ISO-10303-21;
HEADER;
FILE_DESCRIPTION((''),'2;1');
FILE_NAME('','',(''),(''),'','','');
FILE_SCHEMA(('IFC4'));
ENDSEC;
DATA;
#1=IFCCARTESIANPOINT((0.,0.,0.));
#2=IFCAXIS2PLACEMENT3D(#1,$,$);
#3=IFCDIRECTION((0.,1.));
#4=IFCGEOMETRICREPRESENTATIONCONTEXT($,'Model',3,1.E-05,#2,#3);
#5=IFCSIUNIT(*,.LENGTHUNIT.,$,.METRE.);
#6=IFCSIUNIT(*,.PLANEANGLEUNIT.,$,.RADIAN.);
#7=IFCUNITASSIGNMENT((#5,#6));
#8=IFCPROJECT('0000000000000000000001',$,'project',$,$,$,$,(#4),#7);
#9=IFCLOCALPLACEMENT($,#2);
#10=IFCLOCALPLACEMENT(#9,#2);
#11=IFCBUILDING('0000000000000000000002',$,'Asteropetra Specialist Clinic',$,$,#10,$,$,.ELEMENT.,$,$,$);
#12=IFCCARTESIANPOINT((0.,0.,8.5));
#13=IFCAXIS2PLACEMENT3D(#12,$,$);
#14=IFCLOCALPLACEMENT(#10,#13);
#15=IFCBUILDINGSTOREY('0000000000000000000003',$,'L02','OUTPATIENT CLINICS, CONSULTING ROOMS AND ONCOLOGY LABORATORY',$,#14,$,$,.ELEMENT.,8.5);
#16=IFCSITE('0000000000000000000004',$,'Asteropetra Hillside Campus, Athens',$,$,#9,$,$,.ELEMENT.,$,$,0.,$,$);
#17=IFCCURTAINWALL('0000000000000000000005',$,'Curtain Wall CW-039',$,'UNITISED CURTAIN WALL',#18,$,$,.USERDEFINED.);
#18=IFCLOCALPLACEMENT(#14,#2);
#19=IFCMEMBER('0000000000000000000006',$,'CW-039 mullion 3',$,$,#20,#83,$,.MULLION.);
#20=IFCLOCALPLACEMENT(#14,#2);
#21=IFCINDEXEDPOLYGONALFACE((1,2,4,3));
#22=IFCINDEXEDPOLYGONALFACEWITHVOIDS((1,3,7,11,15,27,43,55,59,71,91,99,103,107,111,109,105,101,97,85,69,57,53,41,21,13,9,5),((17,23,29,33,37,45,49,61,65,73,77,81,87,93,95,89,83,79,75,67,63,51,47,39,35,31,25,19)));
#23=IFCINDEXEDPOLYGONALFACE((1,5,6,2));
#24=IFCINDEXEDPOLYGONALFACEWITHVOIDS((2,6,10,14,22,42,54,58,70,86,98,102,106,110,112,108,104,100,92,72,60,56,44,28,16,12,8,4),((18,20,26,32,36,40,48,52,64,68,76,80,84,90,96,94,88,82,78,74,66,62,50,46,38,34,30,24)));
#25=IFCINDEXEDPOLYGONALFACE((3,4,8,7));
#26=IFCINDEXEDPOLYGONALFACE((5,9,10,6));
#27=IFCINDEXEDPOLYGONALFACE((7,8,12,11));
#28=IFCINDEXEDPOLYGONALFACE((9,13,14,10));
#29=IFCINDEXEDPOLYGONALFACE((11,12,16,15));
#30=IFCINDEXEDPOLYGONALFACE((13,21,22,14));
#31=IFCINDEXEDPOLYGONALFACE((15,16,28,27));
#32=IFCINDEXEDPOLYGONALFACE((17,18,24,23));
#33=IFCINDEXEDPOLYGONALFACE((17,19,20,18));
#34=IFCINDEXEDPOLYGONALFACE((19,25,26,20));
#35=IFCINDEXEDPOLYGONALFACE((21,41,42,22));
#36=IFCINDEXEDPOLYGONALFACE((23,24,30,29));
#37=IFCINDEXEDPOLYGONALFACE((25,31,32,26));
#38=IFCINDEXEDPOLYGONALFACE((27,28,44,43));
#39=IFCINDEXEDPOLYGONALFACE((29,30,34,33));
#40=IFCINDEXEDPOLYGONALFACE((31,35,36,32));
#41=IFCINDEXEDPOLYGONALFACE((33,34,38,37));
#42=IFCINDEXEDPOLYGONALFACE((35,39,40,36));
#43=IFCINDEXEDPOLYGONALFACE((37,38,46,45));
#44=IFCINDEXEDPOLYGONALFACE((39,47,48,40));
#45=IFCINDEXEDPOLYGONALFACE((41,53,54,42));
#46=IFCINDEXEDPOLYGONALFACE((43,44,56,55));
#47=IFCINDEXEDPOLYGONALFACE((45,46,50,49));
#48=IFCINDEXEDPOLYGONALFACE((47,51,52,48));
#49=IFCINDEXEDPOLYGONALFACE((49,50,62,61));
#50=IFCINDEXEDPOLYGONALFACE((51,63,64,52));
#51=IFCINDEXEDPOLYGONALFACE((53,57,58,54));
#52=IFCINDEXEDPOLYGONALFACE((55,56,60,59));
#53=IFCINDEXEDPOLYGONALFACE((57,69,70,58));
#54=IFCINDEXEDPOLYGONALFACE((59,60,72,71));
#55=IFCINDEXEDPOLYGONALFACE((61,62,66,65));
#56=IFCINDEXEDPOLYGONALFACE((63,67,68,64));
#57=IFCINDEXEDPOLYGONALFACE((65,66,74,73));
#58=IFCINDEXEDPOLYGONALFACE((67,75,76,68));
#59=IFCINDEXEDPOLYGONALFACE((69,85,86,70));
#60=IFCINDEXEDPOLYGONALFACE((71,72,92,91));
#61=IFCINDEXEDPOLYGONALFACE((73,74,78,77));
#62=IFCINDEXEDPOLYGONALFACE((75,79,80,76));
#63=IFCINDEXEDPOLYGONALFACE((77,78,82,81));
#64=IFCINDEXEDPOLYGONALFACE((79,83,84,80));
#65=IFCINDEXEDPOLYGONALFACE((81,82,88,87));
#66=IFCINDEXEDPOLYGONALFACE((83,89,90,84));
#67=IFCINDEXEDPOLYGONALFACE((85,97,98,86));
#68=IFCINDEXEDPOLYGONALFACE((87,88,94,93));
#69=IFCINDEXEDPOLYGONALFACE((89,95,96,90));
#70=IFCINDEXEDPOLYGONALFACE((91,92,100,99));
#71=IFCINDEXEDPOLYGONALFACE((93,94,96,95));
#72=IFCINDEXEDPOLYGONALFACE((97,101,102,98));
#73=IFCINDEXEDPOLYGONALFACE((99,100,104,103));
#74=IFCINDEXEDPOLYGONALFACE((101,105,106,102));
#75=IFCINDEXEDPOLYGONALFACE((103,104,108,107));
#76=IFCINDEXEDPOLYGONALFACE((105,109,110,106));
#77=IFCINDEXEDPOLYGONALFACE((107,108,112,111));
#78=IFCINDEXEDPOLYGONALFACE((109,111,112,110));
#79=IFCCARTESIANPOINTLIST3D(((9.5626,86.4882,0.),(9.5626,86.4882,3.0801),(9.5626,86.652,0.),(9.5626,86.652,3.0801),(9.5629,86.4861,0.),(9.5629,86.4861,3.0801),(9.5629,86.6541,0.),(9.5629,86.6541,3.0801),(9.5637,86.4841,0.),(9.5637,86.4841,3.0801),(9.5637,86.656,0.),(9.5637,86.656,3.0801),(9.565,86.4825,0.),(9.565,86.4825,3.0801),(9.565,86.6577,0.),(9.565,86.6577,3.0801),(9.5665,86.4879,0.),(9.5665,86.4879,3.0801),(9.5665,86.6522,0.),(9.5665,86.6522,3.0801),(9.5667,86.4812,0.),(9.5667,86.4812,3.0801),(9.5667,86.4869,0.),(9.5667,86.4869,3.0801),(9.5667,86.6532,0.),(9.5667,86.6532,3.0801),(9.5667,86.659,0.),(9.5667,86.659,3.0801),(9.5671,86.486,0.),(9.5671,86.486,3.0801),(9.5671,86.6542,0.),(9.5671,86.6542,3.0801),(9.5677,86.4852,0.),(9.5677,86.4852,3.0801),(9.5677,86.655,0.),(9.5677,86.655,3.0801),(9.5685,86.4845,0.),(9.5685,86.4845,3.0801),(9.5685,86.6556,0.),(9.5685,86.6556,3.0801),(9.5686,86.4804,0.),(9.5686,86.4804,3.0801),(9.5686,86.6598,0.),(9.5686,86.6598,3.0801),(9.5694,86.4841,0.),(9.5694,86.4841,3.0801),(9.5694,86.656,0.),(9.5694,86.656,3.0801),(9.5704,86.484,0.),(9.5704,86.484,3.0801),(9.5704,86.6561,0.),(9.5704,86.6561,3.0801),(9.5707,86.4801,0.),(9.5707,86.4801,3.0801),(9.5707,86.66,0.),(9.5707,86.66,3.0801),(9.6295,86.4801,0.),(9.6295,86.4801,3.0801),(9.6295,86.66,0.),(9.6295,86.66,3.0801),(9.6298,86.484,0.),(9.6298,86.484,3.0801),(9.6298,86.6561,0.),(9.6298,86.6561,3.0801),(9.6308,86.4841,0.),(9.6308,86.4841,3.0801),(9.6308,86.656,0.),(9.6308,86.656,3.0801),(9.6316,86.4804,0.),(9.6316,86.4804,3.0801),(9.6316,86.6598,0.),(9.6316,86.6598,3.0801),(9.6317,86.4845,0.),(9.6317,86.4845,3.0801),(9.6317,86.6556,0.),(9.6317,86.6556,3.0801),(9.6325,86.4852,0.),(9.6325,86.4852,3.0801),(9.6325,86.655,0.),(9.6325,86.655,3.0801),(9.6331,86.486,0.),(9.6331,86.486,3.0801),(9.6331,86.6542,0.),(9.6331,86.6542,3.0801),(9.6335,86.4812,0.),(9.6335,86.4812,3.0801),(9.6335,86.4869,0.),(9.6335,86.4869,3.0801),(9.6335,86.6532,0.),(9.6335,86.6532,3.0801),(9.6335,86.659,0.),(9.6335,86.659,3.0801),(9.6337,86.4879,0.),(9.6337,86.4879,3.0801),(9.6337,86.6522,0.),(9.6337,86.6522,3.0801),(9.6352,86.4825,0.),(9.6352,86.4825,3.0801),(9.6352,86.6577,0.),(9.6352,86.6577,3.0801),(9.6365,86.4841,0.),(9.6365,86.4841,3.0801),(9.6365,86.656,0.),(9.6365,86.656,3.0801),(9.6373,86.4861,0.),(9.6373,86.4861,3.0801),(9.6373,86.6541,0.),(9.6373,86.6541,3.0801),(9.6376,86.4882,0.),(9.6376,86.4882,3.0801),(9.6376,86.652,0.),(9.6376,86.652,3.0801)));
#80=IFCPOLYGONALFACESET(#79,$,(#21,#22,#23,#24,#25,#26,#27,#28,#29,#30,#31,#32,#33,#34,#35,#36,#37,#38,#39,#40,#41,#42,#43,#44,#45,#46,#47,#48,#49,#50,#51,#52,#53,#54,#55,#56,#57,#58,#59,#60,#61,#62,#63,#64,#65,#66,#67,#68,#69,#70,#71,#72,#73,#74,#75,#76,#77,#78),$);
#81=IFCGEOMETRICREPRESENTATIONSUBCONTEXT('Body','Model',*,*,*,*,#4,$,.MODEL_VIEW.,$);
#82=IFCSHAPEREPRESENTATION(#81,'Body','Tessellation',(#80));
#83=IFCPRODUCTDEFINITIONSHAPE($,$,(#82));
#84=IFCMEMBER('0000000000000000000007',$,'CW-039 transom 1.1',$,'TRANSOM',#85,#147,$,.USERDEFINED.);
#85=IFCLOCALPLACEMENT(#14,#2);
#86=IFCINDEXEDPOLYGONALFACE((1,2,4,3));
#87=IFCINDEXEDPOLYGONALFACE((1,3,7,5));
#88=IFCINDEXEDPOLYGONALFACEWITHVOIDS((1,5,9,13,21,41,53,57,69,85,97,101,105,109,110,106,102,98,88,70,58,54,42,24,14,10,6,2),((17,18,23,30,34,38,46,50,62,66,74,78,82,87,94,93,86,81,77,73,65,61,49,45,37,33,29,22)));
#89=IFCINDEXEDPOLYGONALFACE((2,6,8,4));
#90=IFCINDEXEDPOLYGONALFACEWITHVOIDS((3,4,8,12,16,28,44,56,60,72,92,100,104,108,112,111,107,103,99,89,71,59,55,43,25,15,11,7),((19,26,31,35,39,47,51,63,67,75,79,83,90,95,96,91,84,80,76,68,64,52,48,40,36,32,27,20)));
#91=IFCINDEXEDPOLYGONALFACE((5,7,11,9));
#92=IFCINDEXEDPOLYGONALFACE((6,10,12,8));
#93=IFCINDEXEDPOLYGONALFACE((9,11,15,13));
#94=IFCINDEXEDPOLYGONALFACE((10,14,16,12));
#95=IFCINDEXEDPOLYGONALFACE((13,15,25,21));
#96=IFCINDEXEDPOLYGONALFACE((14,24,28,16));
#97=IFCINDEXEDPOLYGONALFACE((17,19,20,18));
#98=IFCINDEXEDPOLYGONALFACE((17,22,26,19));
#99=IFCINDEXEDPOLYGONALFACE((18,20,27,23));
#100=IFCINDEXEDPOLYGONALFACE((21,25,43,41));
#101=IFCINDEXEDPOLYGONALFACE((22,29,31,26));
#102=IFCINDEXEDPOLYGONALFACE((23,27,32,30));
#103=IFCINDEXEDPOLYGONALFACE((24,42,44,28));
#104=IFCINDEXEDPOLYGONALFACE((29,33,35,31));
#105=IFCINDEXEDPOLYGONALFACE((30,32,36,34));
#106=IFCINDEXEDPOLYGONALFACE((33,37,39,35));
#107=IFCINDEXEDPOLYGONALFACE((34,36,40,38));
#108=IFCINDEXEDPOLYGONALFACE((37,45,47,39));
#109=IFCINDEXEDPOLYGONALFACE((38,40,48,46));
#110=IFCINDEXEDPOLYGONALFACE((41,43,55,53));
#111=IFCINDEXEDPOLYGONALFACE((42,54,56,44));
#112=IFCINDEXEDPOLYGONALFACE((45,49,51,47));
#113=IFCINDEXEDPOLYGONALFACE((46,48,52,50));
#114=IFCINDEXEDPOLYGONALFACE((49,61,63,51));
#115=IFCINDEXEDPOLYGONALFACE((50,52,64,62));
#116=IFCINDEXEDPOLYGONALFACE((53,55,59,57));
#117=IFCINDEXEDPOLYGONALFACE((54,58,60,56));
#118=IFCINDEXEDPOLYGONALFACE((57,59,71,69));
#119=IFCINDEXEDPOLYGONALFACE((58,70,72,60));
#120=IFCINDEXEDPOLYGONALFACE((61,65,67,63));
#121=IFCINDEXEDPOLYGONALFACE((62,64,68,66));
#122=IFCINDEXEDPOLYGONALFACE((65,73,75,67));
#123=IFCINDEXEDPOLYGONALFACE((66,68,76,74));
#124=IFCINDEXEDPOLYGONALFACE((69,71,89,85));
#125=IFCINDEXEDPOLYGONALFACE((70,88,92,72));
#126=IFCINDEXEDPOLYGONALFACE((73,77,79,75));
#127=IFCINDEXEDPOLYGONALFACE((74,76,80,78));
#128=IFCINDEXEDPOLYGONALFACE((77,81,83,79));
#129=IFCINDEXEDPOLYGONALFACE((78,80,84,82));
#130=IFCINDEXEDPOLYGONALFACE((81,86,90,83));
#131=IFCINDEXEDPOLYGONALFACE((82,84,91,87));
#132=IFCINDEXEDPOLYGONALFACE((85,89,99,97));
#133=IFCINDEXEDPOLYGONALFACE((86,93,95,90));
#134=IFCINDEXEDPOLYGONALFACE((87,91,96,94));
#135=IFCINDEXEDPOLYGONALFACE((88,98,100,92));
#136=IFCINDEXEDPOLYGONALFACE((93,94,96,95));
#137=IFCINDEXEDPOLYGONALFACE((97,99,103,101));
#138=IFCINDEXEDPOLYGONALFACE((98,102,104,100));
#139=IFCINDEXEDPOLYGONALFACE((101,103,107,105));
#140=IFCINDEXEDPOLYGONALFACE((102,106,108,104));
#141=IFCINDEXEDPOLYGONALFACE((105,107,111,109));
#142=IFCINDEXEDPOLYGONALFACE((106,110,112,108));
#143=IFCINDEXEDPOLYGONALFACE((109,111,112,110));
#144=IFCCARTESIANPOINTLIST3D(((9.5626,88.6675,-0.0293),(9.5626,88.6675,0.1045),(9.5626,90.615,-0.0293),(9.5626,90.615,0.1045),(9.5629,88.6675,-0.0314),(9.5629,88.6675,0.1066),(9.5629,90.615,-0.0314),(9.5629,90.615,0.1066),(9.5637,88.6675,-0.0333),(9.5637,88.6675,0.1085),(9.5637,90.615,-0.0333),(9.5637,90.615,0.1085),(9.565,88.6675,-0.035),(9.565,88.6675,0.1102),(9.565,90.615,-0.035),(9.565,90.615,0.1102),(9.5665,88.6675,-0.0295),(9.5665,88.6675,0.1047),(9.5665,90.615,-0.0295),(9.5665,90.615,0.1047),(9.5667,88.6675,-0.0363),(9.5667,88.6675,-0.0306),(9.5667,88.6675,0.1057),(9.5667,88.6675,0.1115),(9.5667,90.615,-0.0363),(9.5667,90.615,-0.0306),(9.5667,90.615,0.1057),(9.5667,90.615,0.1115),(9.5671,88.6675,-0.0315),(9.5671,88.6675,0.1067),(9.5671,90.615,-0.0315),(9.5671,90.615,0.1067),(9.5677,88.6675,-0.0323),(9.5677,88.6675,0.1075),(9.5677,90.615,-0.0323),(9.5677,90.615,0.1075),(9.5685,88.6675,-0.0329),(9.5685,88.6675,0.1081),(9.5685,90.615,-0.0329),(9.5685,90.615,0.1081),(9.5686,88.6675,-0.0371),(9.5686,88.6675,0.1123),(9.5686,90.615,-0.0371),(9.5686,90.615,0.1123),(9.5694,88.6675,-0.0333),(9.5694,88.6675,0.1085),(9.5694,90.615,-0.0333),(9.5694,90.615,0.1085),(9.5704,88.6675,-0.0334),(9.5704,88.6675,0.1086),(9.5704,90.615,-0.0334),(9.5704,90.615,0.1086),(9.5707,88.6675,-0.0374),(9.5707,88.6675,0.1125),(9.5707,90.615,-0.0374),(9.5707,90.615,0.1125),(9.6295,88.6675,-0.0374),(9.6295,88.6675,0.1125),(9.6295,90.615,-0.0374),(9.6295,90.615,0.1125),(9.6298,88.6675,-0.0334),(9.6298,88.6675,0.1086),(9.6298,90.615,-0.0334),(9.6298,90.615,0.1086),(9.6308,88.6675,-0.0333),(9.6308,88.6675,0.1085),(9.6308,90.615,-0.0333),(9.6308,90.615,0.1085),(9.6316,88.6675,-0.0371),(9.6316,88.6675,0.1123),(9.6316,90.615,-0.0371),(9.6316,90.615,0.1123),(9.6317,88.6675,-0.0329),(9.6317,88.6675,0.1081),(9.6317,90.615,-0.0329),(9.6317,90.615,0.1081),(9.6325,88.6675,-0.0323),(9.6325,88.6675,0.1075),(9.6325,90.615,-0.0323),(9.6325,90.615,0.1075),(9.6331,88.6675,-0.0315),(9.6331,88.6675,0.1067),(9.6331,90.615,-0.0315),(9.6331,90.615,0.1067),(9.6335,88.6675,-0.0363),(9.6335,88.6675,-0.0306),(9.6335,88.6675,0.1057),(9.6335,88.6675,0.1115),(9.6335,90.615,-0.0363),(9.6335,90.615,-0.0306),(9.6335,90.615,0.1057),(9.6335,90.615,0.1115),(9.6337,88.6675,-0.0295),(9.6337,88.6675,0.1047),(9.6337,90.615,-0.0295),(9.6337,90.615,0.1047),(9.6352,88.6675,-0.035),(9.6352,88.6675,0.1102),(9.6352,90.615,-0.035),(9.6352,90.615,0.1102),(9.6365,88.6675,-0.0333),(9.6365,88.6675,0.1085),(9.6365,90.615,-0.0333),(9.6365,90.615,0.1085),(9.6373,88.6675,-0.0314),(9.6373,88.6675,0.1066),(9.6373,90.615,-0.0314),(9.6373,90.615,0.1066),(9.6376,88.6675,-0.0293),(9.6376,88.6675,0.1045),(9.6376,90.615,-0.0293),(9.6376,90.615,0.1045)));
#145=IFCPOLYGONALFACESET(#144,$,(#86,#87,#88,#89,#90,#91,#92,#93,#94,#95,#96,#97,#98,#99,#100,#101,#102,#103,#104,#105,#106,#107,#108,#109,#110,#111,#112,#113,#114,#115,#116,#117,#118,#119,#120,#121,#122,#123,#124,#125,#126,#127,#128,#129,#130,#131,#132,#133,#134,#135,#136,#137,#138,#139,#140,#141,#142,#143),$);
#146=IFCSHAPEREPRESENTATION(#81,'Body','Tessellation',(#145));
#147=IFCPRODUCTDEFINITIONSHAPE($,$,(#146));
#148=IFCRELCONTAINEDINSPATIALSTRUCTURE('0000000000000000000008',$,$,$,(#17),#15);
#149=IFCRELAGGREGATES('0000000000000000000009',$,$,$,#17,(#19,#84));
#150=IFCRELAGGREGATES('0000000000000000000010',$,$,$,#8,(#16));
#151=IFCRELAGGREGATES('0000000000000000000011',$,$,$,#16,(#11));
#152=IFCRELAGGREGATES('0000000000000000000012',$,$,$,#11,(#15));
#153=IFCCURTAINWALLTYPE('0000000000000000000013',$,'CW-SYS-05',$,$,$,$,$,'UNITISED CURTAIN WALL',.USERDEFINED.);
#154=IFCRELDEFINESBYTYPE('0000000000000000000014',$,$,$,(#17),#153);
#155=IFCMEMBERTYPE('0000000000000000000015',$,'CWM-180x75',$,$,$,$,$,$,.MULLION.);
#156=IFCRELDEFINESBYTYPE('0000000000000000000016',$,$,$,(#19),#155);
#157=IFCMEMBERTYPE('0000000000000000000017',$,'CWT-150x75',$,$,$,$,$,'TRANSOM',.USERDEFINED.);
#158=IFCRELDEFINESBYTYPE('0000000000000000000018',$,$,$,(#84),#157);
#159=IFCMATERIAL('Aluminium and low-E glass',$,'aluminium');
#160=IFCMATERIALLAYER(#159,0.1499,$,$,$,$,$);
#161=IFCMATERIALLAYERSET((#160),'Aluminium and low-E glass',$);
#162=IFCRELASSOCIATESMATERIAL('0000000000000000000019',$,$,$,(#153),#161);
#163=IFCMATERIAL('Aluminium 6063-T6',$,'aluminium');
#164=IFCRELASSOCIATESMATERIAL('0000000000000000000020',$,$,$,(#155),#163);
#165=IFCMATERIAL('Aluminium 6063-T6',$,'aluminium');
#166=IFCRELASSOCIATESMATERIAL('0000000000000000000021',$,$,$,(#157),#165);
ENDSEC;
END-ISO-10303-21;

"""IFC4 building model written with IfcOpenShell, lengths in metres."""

from ifc_helpers import new_model, si_unit, direction, frame, origin, origin_2d, place, context, subcontext, project, spatial, hollow_rectangle, extrude, material, layer, layer_set, material_profile, profile_set, type_object, element, aggregate, save


model = new_model("IFC4")

# Units and contexts
model_context = context("Model", 3, precision=1e-05, world=origin(), true_north=direction((0.0, 1.0)))
body_context = subcontext(model_context, "Body", "Model", "MODEL_VIEW")
ifc_project = project(units=[si_unit("LENGTHUNIT", "METRE"), si_unit("PLANEANGLEUNIT", "RADIAN")], contexts=[model_context])

# Site, building, storey
site_placement = place(None, origin())
site = spatial("IfcSite", under=ifc_project, at=site_placement, Name="Asteropetra Hillside Campus, Athens", CompositionType="ELEMENT", RefElevation=0.0)
building_placement = place(site_placement, origin())
building = spatial("IfcBuilding", under=site, at=building_placement, Name="Asteropetra Specialist Clinic", CompositionType="ELEMENT")
storey_placement = place(building_placement, frame((0.0, 0.0, 8.5)))
storey = spatial("IfcBuildingStorey", under=building, at=storey_placement, Name="L02", Description="OUTPATIENT CLINICS, CONSULTING ROOMS AND ONCOLOGY LABORATORY", CompositionType="ELEMENT", Elevation=8.5)

# Curtain wall, members
ifc_material_1 = material(Name="Aluminium and low-E glass", Category="aluminium")
ifc_layer_1 = layer(ifc_material_1, 0.1499)
ifc_layer_set_1 = layer_set([ifc_layer_1], Name="Aluminium and low-E glass")
curtain_wall_type = type_object("IfcCurtainWallType", Name="CW-SYS-05", ElementType="UNITISED CURTAIN WALL", PredefinedType="USERDEFINED", material=ifc_layer_set_1)
curtain_wall_placement = place(storey_placement, origin())
curtain_wall = element("IfcCurtainWall", 1, at=curtain_wall_placement, inside=storey, type_object=curtain_wall_type, Name="Curtain Wall CW-039", ObjectType="UNITISED CURTAIN WALL", PredefinedType="USERDEFINED")
ifc_material_2 = material(Name="Aluminium 6063-T6", Category="aluminium")
ifc_material_profile_1 = material_profile(ifc_material_2, hollow_rectangle(XDim=0.075, YDim=0.1799, WallThickness=0.0039, InnerFilletRadius=0.0039, OuterFilletRadius=0.0081, at=origin_2d()), Name="MUL 180x75x4.0")
ifc_profile_set_1 = profile_set([ifc_material_profile_1], Name="Aluminium 6063-T6")
member_type_1 = type_object("IfcMemberType", Name="CWM-180x75", PredefinedType="MULLION", material=ifc_profile_set_1)
member_1_placement = place(storey_placement, frame((9.6001, 86.5701, 0.0), z_axis=(0.0, 0.0, 1.0), x_axis=(1.0, 0.0, 0.0)))
member_1 = element("IfcMember", 2, at=member_1_placement, type_object=member_type_1, Name="CW-039 mullion 3", PredefinedType="MULLION", context=body_context, shape_type="SweptSolid", body=[
    extrude(hollow_rectangle(XDim=0.075, YDim=0.1799, WallThickness=0.0039, InnerFilletRadius=0.0039, OuterFilletRadius=0.0081, at=origin_2d()), origin(), (0.0, 0.0, 1.0), 3.0801),
])
ifc_material_3 = material(Name="Aluminium 6063-T6", Category="aluminium")
ifc_material_profile_2 = material_profile(ifc_material_3, hollow_rectangle(XDim=0.075, YDim=0.1499, WallThickness=0.0039, InnerFilletRadius=0.0039, OuterFilletRadius=0.0081, at=origin_2d()), Name="TRN 150x75x4.0")
ifc_profile_set_2 = profile_set([ifc_material_profile_2], Name="Aluminium 6063-T6")
member_type_2 = type_object("IfcMemberType", Name="CWT-150x75", ElementType="TRANSOM", PredefinedType="USERDEFINED", material=ifc_profile_set_2)
member_2_placement = place(storey_placement, frame((9.6001, 90.615, 0.0376), z_axis=(0.0, -1.0, 0.0), x_axis=(1.0, 0.0, 0.0)))
member_2 = element("IfcMember", 3, at=member_2_placement, type_object=member_type_2, Name="CW-039 transom 1.1", ObjectType="TRANSOM", PredefinedType="USERDEFINED", context=body_context, shape_type="SweptSolid", body=[
    extrude(hollow_rectangle(XDim=0.075, YDim=0.1499, WallThickness=0.0039, InnerFilletRadius=0.0039, OuterFilletRadius=0.0081, at=origin_2d()), origin(), (0.0, 0.0, 1.0), 1.9475),
])

aggregate(curtain_wall, [member_1, member_2])

save(model, "model.ifc")
